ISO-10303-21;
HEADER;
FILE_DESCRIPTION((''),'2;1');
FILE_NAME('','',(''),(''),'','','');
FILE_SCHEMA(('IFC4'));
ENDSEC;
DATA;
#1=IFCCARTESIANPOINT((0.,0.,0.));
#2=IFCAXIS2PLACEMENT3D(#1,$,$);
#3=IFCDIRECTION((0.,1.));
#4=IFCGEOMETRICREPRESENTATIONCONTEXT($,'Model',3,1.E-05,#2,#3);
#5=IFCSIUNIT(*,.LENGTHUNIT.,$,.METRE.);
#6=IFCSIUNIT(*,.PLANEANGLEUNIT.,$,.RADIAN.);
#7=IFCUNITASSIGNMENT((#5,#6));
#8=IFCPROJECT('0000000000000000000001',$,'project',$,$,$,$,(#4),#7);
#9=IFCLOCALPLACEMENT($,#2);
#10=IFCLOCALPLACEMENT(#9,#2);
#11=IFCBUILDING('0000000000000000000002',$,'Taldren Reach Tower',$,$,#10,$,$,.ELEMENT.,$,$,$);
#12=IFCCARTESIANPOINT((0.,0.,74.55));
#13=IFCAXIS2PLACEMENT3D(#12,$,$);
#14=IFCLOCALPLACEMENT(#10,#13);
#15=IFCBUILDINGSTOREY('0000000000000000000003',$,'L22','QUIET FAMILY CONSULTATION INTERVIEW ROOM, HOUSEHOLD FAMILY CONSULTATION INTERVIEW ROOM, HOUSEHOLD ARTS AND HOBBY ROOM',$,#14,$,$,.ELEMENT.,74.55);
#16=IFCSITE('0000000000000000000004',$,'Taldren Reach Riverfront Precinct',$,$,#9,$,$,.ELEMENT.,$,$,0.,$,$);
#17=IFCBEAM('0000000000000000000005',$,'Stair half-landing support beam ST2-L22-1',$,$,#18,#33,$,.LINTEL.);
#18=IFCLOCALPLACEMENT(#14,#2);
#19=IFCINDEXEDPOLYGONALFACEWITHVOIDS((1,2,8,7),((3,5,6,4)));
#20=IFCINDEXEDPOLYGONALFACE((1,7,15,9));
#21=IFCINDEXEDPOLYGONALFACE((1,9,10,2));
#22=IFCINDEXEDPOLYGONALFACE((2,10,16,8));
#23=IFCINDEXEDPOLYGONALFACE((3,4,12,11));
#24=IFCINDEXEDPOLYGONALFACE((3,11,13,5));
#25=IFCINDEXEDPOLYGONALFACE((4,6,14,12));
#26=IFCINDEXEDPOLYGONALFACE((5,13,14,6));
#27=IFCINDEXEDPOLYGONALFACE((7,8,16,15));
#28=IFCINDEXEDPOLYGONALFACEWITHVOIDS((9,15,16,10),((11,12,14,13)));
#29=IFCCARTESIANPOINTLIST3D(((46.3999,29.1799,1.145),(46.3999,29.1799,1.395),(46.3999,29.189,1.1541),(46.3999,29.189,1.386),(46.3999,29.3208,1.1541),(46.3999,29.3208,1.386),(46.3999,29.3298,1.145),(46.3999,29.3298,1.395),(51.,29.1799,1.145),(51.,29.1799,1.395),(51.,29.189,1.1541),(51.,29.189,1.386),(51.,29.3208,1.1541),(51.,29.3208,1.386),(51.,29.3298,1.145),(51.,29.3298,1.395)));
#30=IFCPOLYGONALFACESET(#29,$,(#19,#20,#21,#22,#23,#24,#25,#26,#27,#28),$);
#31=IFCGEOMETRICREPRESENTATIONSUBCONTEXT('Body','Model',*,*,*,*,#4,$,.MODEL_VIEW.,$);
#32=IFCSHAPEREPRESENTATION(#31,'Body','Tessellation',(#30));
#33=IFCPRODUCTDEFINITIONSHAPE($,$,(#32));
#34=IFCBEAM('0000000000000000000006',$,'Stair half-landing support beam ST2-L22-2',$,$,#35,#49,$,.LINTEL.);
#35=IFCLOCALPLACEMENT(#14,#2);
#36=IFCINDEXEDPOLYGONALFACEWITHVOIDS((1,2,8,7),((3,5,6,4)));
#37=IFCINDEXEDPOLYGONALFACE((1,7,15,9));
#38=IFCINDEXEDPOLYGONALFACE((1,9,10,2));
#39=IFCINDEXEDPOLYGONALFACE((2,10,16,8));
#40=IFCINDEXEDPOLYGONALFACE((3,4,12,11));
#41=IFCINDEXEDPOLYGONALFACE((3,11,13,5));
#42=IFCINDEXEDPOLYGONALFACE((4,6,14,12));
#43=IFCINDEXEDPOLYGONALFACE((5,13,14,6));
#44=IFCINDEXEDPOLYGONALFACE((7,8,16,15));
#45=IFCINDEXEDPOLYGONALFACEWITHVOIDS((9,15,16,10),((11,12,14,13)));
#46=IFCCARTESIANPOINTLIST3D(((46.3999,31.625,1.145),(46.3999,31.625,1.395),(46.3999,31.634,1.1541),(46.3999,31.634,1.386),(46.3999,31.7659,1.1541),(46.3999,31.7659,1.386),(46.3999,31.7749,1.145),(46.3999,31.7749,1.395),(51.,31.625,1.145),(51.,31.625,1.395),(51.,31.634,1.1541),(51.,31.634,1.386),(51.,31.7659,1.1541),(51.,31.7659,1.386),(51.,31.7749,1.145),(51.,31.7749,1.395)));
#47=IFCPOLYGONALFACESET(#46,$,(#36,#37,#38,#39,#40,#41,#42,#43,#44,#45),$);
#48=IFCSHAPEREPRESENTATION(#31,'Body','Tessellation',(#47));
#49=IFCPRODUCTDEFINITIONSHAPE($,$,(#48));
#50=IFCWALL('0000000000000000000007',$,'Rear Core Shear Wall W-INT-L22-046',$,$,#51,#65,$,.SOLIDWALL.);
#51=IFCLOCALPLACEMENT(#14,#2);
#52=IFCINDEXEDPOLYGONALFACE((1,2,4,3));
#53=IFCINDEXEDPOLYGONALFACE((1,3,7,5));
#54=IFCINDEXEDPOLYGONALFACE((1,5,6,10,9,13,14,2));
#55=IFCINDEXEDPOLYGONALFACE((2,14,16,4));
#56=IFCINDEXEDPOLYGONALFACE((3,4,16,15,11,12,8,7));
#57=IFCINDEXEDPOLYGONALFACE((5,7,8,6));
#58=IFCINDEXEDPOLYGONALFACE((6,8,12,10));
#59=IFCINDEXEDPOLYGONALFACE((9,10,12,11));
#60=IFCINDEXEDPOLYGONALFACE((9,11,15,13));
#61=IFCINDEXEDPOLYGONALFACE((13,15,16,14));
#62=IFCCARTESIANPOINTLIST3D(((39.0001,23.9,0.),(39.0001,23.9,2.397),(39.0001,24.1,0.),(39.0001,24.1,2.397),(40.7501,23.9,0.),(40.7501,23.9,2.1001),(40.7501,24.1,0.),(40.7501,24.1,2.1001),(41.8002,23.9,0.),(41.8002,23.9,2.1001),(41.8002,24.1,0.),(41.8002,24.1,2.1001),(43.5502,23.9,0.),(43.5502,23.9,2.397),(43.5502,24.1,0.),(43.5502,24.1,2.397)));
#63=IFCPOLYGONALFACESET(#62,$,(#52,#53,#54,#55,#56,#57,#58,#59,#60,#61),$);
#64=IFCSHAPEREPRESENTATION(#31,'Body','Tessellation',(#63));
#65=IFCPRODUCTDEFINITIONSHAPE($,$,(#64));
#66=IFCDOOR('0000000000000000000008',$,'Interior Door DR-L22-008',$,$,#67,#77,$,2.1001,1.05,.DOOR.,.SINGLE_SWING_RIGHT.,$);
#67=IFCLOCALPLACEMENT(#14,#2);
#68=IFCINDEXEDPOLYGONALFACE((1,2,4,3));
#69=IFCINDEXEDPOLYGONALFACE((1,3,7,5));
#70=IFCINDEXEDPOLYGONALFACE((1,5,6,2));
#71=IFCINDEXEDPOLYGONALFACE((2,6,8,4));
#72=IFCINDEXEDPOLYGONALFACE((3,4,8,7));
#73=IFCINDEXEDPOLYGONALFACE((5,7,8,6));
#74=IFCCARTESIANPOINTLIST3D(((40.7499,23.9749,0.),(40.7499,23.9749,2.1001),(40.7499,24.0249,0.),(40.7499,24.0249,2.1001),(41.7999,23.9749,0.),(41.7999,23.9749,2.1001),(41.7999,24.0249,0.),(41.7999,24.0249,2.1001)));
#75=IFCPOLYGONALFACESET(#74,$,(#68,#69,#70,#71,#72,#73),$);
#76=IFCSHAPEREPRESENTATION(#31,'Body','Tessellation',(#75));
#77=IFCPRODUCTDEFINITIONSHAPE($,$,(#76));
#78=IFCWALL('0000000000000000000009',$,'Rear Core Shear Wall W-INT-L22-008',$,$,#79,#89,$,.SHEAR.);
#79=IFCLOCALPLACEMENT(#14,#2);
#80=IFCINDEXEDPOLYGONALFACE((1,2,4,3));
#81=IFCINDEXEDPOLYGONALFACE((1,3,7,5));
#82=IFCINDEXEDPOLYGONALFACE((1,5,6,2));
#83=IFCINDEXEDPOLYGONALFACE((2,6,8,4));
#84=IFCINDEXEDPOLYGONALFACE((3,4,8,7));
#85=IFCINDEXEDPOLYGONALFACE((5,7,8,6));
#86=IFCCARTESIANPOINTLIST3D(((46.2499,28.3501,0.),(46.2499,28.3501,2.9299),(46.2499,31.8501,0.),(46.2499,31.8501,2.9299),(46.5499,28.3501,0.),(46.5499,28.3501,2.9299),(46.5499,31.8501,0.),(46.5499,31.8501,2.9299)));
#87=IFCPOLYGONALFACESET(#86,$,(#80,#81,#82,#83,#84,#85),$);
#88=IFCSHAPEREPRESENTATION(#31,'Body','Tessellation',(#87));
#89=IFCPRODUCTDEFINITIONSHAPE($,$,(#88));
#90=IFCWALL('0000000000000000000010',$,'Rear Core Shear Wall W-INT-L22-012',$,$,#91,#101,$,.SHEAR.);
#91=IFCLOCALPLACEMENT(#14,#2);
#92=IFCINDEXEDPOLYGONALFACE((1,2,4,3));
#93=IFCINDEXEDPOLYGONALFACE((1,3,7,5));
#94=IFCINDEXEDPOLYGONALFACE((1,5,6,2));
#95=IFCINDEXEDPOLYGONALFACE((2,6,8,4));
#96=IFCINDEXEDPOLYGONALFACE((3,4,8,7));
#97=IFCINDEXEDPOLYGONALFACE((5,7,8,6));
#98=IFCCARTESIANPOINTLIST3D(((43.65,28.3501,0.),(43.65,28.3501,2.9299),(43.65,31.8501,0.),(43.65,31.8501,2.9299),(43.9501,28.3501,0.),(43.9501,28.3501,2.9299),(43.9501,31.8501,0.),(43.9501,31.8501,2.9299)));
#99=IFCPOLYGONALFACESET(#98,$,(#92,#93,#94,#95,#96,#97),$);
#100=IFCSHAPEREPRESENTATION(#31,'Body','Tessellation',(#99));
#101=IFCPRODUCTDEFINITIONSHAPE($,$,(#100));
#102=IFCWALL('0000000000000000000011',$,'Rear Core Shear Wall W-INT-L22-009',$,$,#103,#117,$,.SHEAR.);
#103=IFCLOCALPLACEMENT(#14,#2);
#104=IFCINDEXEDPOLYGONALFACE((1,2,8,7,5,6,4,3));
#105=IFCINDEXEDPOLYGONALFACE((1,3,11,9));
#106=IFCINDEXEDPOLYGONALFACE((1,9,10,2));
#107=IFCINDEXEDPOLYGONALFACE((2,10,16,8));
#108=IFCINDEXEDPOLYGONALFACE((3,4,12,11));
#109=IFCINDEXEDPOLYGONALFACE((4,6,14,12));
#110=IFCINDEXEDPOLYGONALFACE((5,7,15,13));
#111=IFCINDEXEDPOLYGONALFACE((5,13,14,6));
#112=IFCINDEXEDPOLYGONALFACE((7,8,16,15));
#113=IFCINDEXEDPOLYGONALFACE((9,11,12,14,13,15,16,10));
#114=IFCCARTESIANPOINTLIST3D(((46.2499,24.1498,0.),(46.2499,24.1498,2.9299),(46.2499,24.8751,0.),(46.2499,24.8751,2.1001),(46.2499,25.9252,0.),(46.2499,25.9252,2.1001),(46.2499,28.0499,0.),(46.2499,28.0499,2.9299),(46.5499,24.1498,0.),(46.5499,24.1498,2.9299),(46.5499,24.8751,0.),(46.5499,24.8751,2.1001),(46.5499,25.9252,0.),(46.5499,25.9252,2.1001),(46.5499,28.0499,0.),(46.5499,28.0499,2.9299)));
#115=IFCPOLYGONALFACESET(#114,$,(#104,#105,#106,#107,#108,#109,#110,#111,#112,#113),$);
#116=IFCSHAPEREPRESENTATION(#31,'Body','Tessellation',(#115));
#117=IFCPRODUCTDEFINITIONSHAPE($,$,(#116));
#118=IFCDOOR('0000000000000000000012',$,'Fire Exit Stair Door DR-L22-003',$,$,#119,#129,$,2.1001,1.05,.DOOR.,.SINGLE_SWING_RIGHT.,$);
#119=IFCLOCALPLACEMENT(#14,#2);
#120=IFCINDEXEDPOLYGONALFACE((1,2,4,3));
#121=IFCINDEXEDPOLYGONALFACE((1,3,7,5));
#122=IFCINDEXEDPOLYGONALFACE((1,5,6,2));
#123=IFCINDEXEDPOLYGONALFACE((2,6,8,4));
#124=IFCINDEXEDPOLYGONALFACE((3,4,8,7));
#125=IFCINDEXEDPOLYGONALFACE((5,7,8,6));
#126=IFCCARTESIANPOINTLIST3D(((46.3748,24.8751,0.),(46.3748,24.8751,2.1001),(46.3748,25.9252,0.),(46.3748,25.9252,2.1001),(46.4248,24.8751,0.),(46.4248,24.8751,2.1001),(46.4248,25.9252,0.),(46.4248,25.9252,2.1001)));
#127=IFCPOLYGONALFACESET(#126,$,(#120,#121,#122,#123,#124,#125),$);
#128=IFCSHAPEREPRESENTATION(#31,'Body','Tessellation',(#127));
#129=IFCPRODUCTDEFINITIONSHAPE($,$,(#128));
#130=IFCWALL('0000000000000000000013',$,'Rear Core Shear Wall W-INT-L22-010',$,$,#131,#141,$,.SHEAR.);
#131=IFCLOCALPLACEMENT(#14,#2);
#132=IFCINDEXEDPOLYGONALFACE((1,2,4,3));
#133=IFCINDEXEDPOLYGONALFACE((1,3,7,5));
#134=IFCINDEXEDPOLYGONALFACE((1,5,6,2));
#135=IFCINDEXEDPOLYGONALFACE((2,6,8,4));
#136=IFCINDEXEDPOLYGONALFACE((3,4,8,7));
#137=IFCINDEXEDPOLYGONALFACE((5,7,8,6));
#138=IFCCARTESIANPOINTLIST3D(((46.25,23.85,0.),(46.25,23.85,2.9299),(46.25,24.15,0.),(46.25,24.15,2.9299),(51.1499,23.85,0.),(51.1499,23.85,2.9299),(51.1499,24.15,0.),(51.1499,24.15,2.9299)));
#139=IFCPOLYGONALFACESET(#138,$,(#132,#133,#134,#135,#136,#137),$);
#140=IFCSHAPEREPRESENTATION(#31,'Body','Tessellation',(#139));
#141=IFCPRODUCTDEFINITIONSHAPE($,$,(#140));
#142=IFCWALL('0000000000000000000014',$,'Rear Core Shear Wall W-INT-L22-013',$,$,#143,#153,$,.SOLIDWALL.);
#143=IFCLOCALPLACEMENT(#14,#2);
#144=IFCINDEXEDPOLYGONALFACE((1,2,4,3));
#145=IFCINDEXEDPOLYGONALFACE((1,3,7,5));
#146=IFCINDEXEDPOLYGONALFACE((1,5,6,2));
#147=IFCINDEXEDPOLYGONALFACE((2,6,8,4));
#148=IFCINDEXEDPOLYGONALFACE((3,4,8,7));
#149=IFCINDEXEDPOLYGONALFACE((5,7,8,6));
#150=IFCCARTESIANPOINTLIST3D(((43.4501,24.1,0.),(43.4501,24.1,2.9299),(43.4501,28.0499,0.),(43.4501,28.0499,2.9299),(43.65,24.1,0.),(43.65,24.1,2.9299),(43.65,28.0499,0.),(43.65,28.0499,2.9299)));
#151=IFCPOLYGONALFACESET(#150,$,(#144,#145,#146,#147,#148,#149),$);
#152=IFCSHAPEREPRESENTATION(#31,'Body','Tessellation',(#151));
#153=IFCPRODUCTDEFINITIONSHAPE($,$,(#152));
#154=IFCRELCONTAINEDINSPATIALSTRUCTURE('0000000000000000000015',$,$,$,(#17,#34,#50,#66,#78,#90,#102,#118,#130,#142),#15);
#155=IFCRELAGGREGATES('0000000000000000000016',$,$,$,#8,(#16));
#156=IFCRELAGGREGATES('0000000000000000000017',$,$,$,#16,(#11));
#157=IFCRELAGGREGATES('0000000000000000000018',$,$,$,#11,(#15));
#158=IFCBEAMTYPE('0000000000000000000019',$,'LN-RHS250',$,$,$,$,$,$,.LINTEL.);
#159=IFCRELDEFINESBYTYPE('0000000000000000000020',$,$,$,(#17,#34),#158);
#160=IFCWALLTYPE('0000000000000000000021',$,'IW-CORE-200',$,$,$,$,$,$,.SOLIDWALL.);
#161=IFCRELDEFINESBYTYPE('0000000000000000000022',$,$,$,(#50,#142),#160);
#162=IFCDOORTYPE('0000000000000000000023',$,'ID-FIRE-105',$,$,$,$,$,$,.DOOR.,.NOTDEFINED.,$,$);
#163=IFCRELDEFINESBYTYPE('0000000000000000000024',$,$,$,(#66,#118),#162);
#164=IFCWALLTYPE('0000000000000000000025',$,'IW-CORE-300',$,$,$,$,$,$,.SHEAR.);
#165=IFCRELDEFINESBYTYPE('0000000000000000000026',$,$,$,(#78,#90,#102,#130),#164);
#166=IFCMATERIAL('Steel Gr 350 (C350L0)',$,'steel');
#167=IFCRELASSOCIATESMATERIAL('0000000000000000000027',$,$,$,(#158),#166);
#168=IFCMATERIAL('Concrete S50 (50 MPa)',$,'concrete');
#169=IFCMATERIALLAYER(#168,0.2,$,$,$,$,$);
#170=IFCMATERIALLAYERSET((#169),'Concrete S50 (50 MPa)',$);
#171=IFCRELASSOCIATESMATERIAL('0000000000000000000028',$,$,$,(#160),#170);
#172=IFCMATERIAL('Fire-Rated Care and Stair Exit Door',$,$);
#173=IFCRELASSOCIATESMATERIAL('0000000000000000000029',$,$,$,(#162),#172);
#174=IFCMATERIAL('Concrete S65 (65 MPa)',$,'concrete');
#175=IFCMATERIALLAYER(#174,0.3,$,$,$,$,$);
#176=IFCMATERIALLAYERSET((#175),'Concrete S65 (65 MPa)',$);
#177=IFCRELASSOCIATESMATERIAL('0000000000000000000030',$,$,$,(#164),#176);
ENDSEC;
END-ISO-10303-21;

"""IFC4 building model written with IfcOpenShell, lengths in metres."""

from ifc_helpers import new_model, si_unit, direction, frame, frame_2d, origin, origin_2d, place, context, subcontext, project, spatial, rectangle, hollow_rectangle, extrude, source, transform, mapped, material, layer, layer_set, material_profile, profile_set, type_object, element, fill, save


model = new_model("IFC4")

# Units and contexts
model_context = context("Model", 3, precision=1e-05, world=origin(), true_north=direction((0.0, 1.0)))
body_context = subcontext(model_context, "Body", "Model", "MODEL_VIEW")
ifc_project = project(units=[si_unit("LENGTHUNIT", "METRE"), si_unit("PLANEANGLEUNIT", "RADIAN")], contexts=[model_context])

# Site, building, storey
site_placement = place(None, origin())
site = spatial("IfcSite", under=ifc_project, at=site_placement, Name="Taldren Reach Riverfront Precinct", CompositionType="ELEMENT", RefElevation=0.0)
building_placement = place(site_placement, origin())
building = spatial("IfcBuilding", under=site, at=building_placement, Name="Taldren Reach Tower", CompositionType="ELEMENT")
storey_placement = place(building_placement, frame((0.0, 0.0, 74.55)))
storey = spatial("IfcBuildingStorey", under=building, at=storey_placement, Name="L22", Description="QUIET FAMILY CONSULTATION INTERVIEW ROOM, HOUSEHOLD FAMILY CONSULTATION INTERVIEW ROOM, HOUSEHOLD ARTS AND HOBBY ROOM", CompositionType="ELEMENT", Elevation=74.55)

# Beams
ifc_material_1 = material(Name="Steel Gr 350 (C350L0)", Category="steel")
ifc_material_profile = material_profile(ifc_material_1, hollow_rectangle(XDim=0.1499, YDim=0.25, WallThickness=0.009, at=origin_2d()), Name="250x150x9.0RHS")
ifc_profile_set = profile_set([ifc_material_profile], Name="Steel Gr 350 (C350L0)")
beam_type = type_object("IfcBeamType", Name="LN-RHS250", PredefinedType="LINTEL", material=ifc_profile_set)
shared_shape_1 = source(origin(), body_context, "Body", "SweptSolid", [
    extrude(hollow_rectangle(XDim=0.1499, YDim=0.25, WallThickness=0.009, at=origin_2d()), origin(), (0.0, 0.0, 1.0), 4.6001),
])
for number, where, z_axis, x_axis, name in (
    (1, (46.3999, 29.2549, 1.27), (1.0, 0.0, 0.0), (0.0, 1.0, 0.0), "Stair half-landing support beam ST2-L22-1"),
    (2, (46.3999, 31.7, 1.27), (1.0, 0.0, 0.0), (0.0, 1.0, 0.0), "Stair half-landing support beam ST2-L22-2"),
):
    element("IfcBeam", number, at=place(storey_placement, frame(where, z_axis=z_axis, x_axis=x_axis)), inside=storey, type_object=beam_type, Name=name, PredefinedType="LINTEL", context=body_context, shape_type="MappedRepresentation", body=[
        mapped(shared_shape_1, transform((0.0, 0.0, 0.0), scale=1.0)),
    ])

# Wall, opening, door
ifc_material_2 = material(Name="Concrete S50 (50 MPa)", Category="concrete")
ifc_layer_1 = layer(ifc_material_2, 0.2)
ifc_layer_set_1 = layer_set([ifc_layer_1], Name="Concrete S50 (50 MPa)")
wall_type_1 = type_object("IfcWallType", Name="IW-CORE-200", PredefinedType="SOLIDWALL", material=ifc_layer_set_1)
shared_shape_2 = source(origin(), body_context, "Body", "SweptSolid", [
    extrude(rectangle(XDim=4.55, YDim=0.2, at=frame_2d((2.2749, 0.0))), origin(), (0.0, 0.0, 1.0), 2.397),
])
wall_1_placement = place(storey_placement, frame((43.55, 24.0, 0.0), z_axis=(0.0, 0.0, 1.0), x_axis=(-1.0, 0.0, 0.0)))
wall_1 = element("IfcWall", 3, at=wall_1_placement, inside=storey, type_object=wall_type_1, Name="Rear Core Shear Wall W-INT-L22-046", PredefinedType="SOLIDWALL", context=body_context, shape_type="MappedRepresentation", body=[
    mapped(shared_shape_2, transform((0.0, 0.0, 0.0), scale=1.0)),
])
shared_shape_3 = source(origin(), body_context, "Body", "SweptSolid", [
    extrude(rectangle(XDim=1.05, YDim=2.1001, at=frame_2d((0.5249, 1.05))), frame((0.0, 0.1099, 0.0), z_axis=(0.0, -1.0, 0.0), x_axis=(1.0, 0.0, 0.0)), (0.0, 0.0, 1.0), 0.22),
])
opening_1_placement = place(wall_1_placement, frame((1.75, 0.0, 0.0)))
opening_1 = element("IfcOpeningElement", 4, at=opening_1_placement, cuts=wall_1, PredefinedType="OPENING", context=body_context, shape_type="MappedRepresentation", body=[
    mapped(shared_shape_3, transform((0.0, 0.0, 0.0), scale=1.0)),
])
ifc_material_3 = material(Name="Fire-Rated Care and Stair Exit Door")
door_type_1 = type_object("IfcDoorType", Name="ID-FIRE-105", OperationType="NOTDEFINED", PredefinedType="DOOR", material=ifc_material_3)
shared_shape_4 = source(origin(), body_context, "Body", "SweptSolid", [
    extrude(rectangle(XDim=1.05, YDim=2.1001, at=frame_2d((0.5249, 1.05))), frame((0.0, 0.0249, 0.0), z_axis=(0.0, -1.0, 0.0), x_axis=(1.0, 0.0, 0.0)), (0.0, 0.0, 1.0), 0.05),
])
door_1_placement = place(opening_1_placement, frame((1.05, 0.0, 0.0), z_axis=(0.0, 0.0, 1.0), x_axis=(-1.0, 0.0, 0.0)))
door_1 = element("IfcDoor", 5, at=door_1_placement, inside=storey, type_object=door_type_1, Name="Interior Door DR-L22-008", OperationType="SINGLE_SWING_RIGHT", OverallHeight=2.1001, OverallWidth=1.05, PredefinedType="DOOR", context=body_context, shape_type="MappedRepresentation", body=[
    mapped(shared_shape_4, transform((0.0, 0.0, 0.0), scale=1.0)),
])
fill(opening_1, door_1)

# Walls
ifc_material_4 = material(Name="Concrete S65 (65 MPa)", Category="concrete")
ifc_layer_2 = layer(ifc_material_4, 0.3)
ifc_layer_set_2 = layer_set([ifc_layer_2], Name="Concrete S65 (65 MPa)")
wall_type_2 = type_object("IfcWallType", Name="IW-CORE-300", PredefinedType="SHEAR", material=ifc_layer_set_2)
shared_shape_5 = source(origin(), body_context, "Body", "SweptSolid", [
    extrude(rectangle(XDim=3.5, YDim=0.3, at=frame_2d((1.75, 0.0))), origin(), (0.0, 0.0, 1.0), 2.9299),
])
for number, where, z_axis, x_axis, name in (
    (6, (46.3999, 31.8501, 0.0), (0.0, 0.0, 1.0), (0.0, -1.0, 0.0), "Rear Core Shear Wall W-INT-L22-008"),
    (7, (43.8, 31.8501, 0.0), (0.0, 0.0, 1.0), (0.0, -1.0, 0.0), "Rear Core Shear Wall W-INT-L22-012"),
):
    element("IfcWall", number, at=place(storey_placement, frame(where, z_axis=z_axis, x_axis=x_axis)), inside=storey, type_object=wall_type_2, Name=name, PredefinedType="SHEAR", context=body_context, shape_type="MappedRepresentation", body=[
        mapped(shared_shape_5, transform((0.0, 0.0, 0.0), scale=1.0)),
    ])

# Wall, opening, door
shared_shape_6 = source(origin(), body_context, "Body", "SweptSolid", [
    extrude(rectangle(XDim=3.9001, YDim=0.3, at=frame_2d((1.9502, 0.0))), origin(), (0.0, 0.0, 1.0), 2.9299),
])
wall_2_placement = place(storey_placement, frame((46.3999, 28.05, 0.0), z_axis=(0.0, 0.0, 1.0), x_axis=(0.0, -1.0, 0.0)))
wall_2 = element("IfcWall", 8, at=wall_2_placement, inside=storey, type_object=wall_type_2, Name="Rear Core Shear Wall W-INT-L22-009", PredefinedType="SHEAR", context=body_context, shape_type="MappedRepresentation", body=[
    mapped(shared_shape_6, transform((0.0, 0.0, 0.0), scale=1.0)),
])
shared_shape_7 = source(origin(), body_context, "Body", "SweptSolid", [
    extrude(rectangle(XDim=1.05, YDim=2.1001, at=frame_2d((0.5249, 1.05))), frame((0.0, 0.1602, 0.0), z_axis=(0.0, -1.0, 0.0), x_axis=(1.0, 0.0, 0.0)), (0.0, 0.0, 1.0), 0.3201),
])
opening_2_placement = place(wall_2_placement, frame((2.125, 0.0, 0.0)))
opening_2 = element("IfcOpeningElement", 9, at=opening_2_placement, cuts=wall_2, PredefinedType="OPENING", context=body_context, shape_type="MappedRepresentation", body=[
    mapped(shared_shape_7, transform((0.0, 0.0, 0.0), scale=1.0)),
])
door_2_placement = place(opening_2_placement, origin())
door_2 = element("IfcDoor", 10, at=door_2_placement, inside=storey, type_object=door_type_1, Name="Fire Exit Stair Door DR-L22-003", OperationType="SINGLE_SWING_RIGHT", OverallHeight=2.1001, OverallWidth=1.05, PredefinedType="DOOR", context=body_context, shape_type="MappedRepresentation", body=[
    mapped(shared_shape_4, transform((0.0, 0.0, 0.0), scale=1.0)),
])
fill(opening_2, door_2)

# Wall
shared_shape_8 = source(origin(), body_context, "Body", "SweptSolid", [
    extrude(rectangle(XDim=4.8999, YDim=0.3, at=frame_2d((2.45, 0.0))), origin(), (0.0, 0.0, 1.0), 2.9299),
])
wall_3_placement = place(storey_placement, frame((46.25, 24.0, 0.0), z_axis=(0.0, 0.0, 1.0), x_axis=(1.0, 0.0, 0.0)))
element("IfcWall", 11, at=wall_3_placement, inside=storey, type_object=wall_type_2, Name="Rear Core Shear Wall W-INT-L22-010", PredefinedType="SHEAR", context=body_context, shape_type="MappedRepresentation", body=[
    mapped(shared_shape_8, transform((0.0, 0.0, 0.0), scale=1.0)),
])

# Wall
shared_shape_9 = source(origin(), body_context, "Body", "SweptSolid", [
    extrude(rectangle(XDim=3.95, YDim=0.2, at=frame_2d((1.9751, 0.0))), origin(), (0.0, 0.0, 1.0), 2.9299),
])
wall_4_placement = place(storey_placement, frame((43.55, 28.05, 0.0), z_axis=(0.0, 0.0, 1.0), x_axis=(0.0, -1.0, 0.0)))
element("IfcWall", 12, at=wall_4_placement, inside=storey, type_object=wall_type_1, Name="Rear Core Shear Wall W-INT-L22-013", PredefinedType="SOLIDWALL", context=body_context, shape_type="MappedRepresentation", body=[
    mapped(shared_shape_9, transform((0.0, 0.0, 0.0), scale=1.0)),
])

save(model, "model.ifc")
